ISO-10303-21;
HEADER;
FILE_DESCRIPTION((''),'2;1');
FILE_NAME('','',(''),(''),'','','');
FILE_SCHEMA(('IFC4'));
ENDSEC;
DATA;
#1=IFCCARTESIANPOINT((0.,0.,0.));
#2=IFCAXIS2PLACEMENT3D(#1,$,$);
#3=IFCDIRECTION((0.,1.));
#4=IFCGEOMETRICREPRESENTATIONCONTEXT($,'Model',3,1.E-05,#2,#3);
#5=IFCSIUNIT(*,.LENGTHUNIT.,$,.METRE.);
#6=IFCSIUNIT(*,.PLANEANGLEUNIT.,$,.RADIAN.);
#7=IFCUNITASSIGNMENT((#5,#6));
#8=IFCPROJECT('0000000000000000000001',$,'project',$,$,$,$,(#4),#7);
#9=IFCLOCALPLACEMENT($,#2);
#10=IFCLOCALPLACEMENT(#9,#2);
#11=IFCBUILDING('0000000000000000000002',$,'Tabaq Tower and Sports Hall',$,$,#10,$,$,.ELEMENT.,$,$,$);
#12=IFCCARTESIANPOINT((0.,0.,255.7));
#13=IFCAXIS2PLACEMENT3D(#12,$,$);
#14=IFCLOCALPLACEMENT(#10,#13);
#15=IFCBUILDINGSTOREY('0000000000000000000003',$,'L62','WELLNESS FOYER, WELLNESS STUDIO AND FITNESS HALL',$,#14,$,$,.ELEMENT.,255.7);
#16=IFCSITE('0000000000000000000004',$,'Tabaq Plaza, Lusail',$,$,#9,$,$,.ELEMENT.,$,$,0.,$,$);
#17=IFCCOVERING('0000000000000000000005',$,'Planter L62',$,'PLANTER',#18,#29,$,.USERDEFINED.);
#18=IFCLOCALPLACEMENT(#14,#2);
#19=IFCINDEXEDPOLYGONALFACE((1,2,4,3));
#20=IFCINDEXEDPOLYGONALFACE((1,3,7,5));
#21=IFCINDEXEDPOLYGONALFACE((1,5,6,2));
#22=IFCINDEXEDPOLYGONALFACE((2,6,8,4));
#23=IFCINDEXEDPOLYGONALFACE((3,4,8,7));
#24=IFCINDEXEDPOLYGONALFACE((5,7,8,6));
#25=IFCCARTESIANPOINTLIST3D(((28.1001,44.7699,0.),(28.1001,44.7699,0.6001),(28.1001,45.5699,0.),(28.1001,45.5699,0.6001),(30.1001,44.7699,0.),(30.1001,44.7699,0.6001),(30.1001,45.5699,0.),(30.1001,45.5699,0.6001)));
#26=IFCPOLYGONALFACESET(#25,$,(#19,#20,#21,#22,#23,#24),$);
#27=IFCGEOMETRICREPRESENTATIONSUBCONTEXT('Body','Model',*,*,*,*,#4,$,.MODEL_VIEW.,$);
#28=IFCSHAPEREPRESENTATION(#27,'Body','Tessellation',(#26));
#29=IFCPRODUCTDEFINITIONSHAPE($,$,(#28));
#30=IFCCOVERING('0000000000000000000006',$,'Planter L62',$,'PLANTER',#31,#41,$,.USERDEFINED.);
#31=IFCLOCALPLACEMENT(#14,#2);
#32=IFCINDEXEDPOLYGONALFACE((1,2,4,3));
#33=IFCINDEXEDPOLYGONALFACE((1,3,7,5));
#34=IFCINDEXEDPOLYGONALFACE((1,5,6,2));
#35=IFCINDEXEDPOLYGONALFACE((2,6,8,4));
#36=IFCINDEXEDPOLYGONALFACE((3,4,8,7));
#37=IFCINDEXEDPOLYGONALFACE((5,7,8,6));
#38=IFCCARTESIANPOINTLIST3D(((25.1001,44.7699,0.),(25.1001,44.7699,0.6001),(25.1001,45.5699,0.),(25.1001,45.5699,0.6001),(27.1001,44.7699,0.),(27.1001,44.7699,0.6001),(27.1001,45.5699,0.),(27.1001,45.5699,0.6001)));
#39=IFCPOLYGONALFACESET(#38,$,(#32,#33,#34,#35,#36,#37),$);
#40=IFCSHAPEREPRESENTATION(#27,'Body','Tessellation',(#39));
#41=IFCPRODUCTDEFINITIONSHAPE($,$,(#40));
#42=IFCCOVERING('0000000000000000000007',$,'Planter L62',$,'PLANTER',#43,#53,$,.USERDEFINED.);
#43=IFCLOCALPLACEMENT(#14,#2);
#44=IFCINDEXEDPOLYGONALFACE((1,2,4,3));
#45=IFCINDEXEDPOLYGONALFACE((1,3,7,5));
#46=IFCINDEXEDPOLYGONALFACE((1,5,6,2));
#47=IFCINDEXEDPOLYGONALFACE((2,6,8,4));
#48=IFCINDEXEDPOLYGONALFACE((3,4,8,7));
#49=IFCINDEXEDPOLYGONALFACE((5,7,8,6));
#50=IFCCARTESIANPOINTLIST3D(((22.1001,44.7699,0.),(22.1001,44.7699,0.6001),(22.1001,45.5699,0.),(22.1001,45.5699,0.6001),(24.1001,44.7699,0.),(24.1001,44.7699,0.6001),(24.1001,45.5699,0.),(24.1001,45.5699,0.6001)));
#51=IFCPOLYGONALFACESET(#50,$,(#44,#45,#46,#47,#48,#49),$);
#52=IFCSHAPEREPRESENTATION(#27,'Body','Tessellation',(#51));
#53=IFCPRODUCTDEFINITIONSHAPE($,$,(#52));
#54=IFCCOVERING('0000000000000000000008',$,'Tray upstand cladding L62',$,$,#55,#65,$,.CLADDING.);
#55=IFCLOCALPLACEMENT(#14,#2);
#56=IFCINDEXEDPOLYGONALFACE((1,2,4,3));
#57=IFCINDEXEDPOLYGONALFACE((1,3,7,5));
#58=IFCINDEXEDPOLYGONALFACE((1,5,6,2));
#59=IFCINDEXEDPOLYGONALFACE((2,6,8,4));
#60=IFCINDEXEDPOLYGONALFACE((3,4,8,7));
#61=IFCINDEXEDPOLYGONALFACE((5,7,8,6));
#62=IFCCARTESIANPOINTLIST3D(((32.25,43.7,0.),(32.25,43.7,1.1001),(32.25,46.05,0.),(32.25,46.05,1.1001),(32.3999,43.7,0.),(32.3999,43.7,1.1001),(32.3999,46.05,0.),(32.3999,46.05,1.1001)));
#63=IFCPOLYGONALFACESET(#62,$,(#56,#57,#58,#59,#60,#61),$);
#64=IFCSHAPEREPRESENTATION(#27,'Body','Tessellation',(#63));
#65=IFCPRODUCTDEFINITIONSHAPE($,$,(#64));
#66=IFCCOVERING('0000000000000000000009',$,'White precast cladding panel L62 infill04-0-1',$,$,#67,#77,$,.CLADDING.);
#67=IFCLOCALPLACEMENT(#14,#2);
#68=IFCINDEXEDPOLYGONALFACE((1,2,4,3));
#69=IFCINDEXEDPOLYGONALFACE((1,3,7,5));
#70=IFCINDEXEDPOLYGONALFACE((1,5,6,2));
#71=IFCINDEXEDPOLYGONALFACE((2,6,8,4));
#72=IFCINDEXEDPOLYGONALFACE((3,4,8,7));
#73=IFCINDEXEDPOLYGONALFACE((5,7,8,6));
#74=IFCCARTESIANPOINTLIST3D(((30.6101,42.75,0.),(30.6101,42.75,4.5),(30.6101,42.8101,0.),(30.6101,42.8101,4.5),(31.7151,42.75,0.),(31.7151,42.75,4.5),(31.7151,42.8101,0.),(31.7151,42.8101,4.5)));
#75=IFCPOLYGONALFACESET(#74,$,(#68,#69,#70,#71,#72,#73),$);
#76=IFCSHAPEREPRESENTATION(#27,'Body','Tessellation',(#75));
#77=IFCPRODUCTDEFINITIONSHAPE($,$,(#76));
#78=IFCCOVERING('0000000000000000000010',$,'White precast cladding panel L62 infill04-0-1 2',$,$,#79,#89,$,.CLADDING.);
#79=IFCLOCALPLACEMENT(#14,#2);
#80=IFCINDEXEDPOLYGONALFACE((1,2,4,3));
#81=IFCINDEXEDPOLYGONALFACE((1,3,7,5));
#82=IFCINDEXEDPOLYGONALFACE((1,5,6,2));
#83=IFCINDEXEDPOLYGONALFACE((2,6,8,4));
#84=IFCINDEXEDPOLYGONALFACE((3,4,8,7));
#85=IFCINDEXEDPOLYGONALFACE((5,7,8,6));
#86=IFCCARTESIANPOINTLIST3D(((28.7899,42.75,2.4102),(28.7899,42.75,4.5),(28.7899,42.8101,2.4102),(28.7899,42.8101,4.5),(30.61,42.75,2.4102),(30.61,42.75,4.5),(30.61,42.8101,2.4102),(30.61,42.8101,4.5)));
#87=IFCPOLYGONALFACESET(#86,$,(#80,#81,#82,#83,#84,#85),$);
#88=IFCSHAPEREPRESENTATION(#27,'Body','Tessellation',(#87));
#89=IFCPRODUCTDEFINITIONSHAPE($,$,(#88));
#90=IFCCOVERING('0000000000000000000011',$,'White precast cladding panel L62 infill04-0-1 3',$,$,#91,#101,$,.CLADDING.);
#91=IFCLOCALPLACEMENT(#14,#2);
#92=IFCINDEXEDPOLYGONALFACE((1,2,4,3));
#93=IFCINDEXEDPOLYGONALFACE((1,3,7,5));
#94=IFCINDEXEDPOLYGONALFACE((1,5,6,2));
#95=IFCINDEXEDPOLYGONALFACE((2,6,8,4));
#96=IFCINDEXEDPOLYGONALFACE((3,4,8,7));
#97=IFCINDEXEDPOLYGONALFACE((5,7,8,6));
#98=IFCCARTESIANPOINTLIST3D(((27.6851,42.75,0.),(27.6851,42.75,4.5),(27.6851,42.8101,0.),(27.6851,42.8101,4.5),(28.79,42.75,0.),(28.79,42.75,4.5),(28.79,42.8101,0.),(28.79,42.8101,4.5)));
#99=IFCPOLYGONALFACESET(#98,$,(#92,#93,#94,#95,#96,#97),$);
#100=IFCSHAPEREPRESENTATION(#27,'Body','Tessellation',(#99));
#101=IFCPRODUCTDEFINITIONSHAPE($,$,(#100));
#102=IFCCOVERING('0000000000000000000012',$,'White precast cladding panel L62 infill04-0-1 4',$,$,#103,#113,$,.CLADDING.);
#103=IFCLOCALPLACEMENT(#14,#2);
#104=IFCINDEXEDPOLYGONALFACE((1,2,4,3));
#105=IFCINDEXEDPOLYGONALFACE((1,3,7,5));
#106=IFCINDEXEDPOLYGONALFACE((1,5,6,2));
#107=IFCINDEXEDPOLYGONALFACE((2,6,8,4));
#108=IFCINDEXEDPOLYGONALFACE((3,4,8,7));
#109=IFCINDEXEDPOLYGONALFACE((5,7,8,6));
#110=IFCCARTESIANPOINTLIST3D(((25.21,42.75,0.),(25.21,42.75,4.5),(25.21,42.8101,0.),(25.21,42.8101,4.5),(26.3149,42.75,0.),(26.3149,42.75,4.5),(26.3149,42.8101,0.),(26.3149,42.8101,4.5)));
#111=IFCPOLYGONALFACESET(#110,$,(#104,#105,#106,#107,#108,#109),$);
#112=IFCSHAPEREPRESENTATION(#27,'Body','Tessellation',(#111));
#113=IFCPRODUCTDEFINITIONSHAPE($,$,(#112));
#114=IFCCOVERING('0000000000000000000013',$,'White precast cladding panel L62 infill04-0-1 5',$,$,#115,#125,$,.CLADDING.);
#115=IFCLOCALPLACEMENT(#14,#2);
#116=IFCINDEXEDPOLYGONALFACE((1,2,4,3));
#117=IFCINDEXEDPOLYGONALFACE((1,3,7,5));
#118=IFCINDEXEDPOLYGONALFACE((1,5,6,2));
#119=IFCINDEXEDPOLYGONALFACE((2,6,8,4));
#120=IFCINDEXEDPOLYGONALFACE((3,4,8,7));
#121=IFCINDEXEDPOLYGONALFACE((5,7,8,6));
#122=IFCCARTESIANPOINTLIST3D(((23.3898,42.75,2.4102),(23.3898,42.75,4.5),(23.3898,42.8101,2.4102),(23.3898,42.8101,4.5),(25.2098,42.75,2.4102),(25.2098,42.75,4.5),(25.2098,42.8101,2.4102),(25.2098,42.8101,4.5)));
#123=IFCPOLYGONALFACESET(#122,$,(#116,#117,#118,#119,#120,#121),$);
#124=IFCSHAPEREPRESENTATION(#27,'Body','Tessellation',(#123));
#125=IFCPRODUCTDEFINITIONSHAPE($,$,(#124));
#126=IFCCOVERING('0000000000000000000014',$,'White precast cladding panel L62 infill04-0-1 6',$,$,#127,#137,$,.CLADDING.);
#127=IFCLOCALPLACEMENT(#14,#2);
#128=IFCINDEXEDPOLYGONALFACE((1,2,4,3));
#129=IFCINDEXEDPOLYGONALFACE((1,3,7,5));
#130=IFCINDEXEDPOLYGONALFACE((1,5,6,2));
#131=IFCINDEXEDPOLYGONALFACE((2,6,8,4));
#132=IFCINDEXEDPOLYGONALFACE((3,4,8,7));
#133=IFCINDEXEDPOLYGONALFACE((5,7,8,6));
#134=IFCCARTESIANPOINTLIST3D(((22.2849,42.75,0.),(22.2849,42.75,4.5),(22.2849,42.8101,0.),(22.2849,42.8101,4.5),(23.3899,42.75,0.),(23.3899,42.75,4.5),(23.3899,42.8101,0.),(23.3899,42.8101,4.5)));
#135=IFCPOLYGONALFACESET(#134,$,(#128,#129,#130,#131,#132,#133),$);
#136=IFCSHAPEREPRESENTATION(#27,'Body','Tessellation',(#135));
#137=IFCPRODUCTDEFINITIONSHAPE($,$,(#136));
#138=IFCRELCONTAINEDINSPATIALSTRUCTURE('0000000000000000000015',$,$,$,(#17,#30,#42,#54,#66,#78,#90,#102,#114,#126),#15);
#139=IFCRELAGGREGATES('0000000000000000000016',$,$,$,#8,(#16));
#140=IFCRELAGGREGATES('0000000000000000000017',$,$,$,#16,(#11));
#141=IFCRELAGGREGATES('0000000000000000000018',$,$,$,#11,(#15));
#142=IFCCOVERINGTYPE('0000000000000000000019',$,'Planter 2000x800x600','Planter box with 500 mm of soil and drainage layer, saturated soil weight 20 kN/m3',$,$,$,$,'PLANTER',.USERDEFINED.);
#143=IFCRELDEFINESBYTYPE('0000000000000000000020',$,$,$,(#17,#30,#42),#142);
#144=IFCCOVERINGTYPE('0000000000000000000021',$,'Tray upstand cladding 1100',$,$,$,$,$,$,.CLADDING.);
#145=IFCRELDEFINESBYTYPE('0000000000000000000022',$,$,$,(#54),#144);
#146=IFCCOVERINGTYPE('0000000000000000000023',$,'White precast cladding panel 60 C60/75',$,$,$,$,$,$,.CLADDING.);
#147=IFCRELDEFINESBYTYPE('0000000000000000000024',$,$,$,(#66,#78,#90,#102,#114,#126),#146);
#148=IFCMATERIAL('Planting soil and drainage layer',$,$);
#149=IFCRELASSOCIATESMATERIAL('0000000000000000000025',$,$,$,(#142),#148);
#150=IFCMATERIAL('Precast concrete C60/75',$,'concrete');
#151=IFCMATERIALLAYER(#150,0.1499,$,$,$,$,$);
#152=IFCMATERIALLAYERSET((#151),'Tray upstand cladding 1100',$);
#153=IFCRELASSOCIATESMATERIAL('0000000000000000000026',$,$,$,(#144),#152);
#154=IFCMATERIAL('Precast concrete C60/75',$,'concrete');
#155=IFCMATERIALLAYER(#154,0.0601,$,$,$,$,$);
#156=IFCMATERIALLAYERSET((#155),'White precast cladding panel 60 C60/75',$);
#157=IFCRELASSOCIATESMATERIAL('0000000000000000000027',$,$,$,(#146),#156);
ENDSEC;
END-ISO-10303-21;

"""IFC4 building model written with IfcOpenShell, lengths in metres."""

from ifc_helpers import new_model, si_unit, direction, frame, frame_2d, origin, origin_2d, place, context, subcontext, project, spatial, rectangle, extrude, material, layer, layer_set, type_object, element, save


model = new_model("IFC4")

# Units and contexts
model_context = context("Model", 3, precision=1e-05, world=origin(), true_north=direction((0.0, 1.0)))
body_context = subcontext(model_context, "Body", "Model", "MODEL_VIEW")
ifc_project = project(units=[si_unit("LENGTHUNIT", "METRE"), si_unit("PLANEANGLEUNIT", "RADIAN")], contexts=[model_context])

# Site, building, storey
site_placement = place(None, origin())
site = spatial("IfcSite", under=ifc_project, at=site_placement, Name="Tabaq Plaza, Lusail", CompositionType="ELEMENT", RefElevation=0.0)
building_placement = place(site_placement, origin())
building = spatial("IfcBuilding", under=site, at=building_placement, Name="Tabaq Tower and Sports Hall", CompositionType="ELEMENT")
storey_placement = place(building_placement, frame((0.0, 0.0, 255.7)))
storey = spatial("IfcBuildingStorey", under=building, at=storey_placement, Name="L62", Description="WELLNESS FOYER, WELLNESS STUDIO AND FITNESS HALL", CompositionType="ELEMENT", Elevation=255.7)

# Coverings
ifc_material_1 = material(Name="Planting soil and drainage layer")
covering_type_1 = type_object("IfcCoveringType", Name="Planter 2000x800x600", Description="Planter box with 500 mm of soil and drainage layer, saturated soil weight 20 kN/m3", ElementType="PLANTER", PredefinedType="USERDEFINED", material=ifc_material_1)
for number, where, z_axis, x_axis, name in (
    (1, (29.1001, 45.1699, 0.0), (0.0, 0.0, 1.0), (-1.0, 0.0, 0.0), "Planter L62"),
    (2, (26.1001, 45.1699, 0.0), (0.0, 0.0, 1.0), (-1.0, 0.0, 0.0), "Planter L62"),
    (3, (23.1001, 45.1699, 0.0), (0.0, 0.0, 1.0), (-1.0, 0.0, 0.0), "Planter L62"),
):
    element("IfcCovering", number, at=place(storey_placement, frame(where, z_axis=z_axis, x_axis=x_axis)), inside=storey, type_object=covering_type_1, Name=name, ObjectType="PLANTER", PredefinedType="USERDEFINED", context=body_context, shape_type="SweptSolid", body=[
        extrude(rectangle(XDim=2.0, YDim=0.8, at=origin_2d()), origin(), (0.0, 0.0, 1.0), 0.6001),
    ])
ifc_material_2 = material(Name="Precast concrete C60/75", Category="concrete")
ifc_layer_1 = layer(ifc_material_2, 0.1499)
ifc_layer_set_1 = layer_set([ifc_layer_1], Name="Tray upstand cladding 1100")
covering_type_2 = type_object("IfcCoveringType", Name="Tray upstand cladding 1100", PredefinedType="CLADDING", material=ifc_layer_set_1)
covering_1_placement = place(storey_placement, frame((32.325, 43.7, 0.0), z_axis=(0.0, 0.0, 1.0), x_axis=(0.0, 1.0, 0.0)))
element("IfcCovering", 4, at=covering_1_placement, inside=storey, type_object=covering_type_2, Name="Tray upstand cladding L62", PredefinedType="CLADDING", context=body_context, shape_type="SweptSolid", body=[
    extrude(rectangle(XDim=2.3501, YDim=0.1499, at=frame_2d((1.175, 0.0))), origin(), (0.0, 0.0, 1.0), 1.1001),
])
ifc_material_3 = material(Name="Precast concrete C60/75", Category="concrete")
ifc_layer_2 = layer(ifc_material_3, 0.0601)
ifc_layer_set_2 = layer_set([ifc_layer_2], Name="White precast cladding panel 60 C60/75")
covering_type_3 = type_object("IfcCoveringType", Name="White precast cladding panel 60 C60/75", PredefinedType="CLADDING", material=ifc_layer_set_2)
covering_2_placement = place(storey_placement, frame((31.7151, 42.78, 0.0), z_axis=(0.0, 0.0, 1.0), x_axis=(-1.0, 0.0, 0.0)))
element("IfcCovering", 5, at=covering_2_placement, inside=storey, type_object=covering_type_3, Name="White precast cladding panel L62 infill04-0-1", PredefinedType="CLADDING", context=body_context, shape_type="SweptSolid", body=[
    extrude(rectangle(XDim=1.105, YDim=0.0601, at=frame_2d((0.5525, 0.0))), origin(), (0.0, 0.0, 1.0), 4.5),
])
covering_3_placement = place(storey_placement, frame((30.6101, 42.78, 2.4102), z_axis=(0.0, 0.0, 1.0), x_axis=(-1.0, 0.0, 0.0)))
element("IfcCovering", 6, at=covering_3_placement, inside=storey, type_object=covering_type_3, Name="White precast cladding panel L62 infill04-0-1 2", PredefinedType="CLADDING", context=body_context, shape_type="SweptSolid", body=[
    extrude(rectangle(XDim=1.8201, YDim=0.0601, at=frame_2d((0.9102, 0.0))), origin(), (0.0, 0.0, 1.0), 2.0898),
])
for number, where, z_axis, x_axis, name in (
    (7, (28.79, 42.78, 0.0), (0.0, 0.0, 1.0), (-1.0, 0.0, 0.0), "White precast cladding panel L62 infill04-0-1 3"),
    (8, (26.3149, 42.78, 0.0), (0.0, 0.0, 1.0), (-1.0, 0.0, 0.0), "White precast cladding panel L62 infill04-0-1 4"),
):
    element("IfcCovering", number, at=place(storey_placement, frame(where, z_axis=z_axis, x_axis=x_axis)), inside=storey, type_object=covering_type_3, Name=name, PredefinedType="CLADDING", context=body_context, shape_type="SweptSolid", body=[
        extrude(rectangle(XDim=1.105, YDim=0.0601, at=frame_2d((0.5525, 0.0))), origin(), (0.0, 0.0, 1.0), 4.5),
    ])
covering_4_placement = place(storey_placement, frame((25.21, 42.78, 2.4102), z_axis=(0.0, 0.0, 1.0), x_axis=(-1.0, 0.0, 0.0)))
element("IfcCovering", 9, at=covering_4_placement, inside=storey, type_object=covering_type_3, Name="White precast cladding panel L62 infill04-0-1 5", PredefinedType="CLADDING", context=body_context, shape_type="SweptSolid", body=[
    extrude(rectangle(XDim=1.8201, YDim=0.0601, at=frame_2d((0.9102, 0.0))), origin(), (0.0, 0.0, 1.0), 2.0898),
])
covering_5_placement = place(storey_placement, frame((23.3899, 42.78, 0.0), z_axis=(0.0, 0.0, 1.0), x_axis=(-1.0, 0.0, 0.0)))
element("IfcCovering", 10, at=covering_5_placement, inside=storey, type_object=covering_type_3, Name="White precast cladding panel L62 infill04-0-1 6", PredefinedType="CLADDING", context=body_context, shape_type="SweptSolid", body=[
    extrude(rectangle(XDim=1.105, YDim=0.0601, at=frame_2d((0.5525, 0.0))), origin(), (0.0, 0.0, 1.0), 4.5),
])

save(model, "model.ifc")
